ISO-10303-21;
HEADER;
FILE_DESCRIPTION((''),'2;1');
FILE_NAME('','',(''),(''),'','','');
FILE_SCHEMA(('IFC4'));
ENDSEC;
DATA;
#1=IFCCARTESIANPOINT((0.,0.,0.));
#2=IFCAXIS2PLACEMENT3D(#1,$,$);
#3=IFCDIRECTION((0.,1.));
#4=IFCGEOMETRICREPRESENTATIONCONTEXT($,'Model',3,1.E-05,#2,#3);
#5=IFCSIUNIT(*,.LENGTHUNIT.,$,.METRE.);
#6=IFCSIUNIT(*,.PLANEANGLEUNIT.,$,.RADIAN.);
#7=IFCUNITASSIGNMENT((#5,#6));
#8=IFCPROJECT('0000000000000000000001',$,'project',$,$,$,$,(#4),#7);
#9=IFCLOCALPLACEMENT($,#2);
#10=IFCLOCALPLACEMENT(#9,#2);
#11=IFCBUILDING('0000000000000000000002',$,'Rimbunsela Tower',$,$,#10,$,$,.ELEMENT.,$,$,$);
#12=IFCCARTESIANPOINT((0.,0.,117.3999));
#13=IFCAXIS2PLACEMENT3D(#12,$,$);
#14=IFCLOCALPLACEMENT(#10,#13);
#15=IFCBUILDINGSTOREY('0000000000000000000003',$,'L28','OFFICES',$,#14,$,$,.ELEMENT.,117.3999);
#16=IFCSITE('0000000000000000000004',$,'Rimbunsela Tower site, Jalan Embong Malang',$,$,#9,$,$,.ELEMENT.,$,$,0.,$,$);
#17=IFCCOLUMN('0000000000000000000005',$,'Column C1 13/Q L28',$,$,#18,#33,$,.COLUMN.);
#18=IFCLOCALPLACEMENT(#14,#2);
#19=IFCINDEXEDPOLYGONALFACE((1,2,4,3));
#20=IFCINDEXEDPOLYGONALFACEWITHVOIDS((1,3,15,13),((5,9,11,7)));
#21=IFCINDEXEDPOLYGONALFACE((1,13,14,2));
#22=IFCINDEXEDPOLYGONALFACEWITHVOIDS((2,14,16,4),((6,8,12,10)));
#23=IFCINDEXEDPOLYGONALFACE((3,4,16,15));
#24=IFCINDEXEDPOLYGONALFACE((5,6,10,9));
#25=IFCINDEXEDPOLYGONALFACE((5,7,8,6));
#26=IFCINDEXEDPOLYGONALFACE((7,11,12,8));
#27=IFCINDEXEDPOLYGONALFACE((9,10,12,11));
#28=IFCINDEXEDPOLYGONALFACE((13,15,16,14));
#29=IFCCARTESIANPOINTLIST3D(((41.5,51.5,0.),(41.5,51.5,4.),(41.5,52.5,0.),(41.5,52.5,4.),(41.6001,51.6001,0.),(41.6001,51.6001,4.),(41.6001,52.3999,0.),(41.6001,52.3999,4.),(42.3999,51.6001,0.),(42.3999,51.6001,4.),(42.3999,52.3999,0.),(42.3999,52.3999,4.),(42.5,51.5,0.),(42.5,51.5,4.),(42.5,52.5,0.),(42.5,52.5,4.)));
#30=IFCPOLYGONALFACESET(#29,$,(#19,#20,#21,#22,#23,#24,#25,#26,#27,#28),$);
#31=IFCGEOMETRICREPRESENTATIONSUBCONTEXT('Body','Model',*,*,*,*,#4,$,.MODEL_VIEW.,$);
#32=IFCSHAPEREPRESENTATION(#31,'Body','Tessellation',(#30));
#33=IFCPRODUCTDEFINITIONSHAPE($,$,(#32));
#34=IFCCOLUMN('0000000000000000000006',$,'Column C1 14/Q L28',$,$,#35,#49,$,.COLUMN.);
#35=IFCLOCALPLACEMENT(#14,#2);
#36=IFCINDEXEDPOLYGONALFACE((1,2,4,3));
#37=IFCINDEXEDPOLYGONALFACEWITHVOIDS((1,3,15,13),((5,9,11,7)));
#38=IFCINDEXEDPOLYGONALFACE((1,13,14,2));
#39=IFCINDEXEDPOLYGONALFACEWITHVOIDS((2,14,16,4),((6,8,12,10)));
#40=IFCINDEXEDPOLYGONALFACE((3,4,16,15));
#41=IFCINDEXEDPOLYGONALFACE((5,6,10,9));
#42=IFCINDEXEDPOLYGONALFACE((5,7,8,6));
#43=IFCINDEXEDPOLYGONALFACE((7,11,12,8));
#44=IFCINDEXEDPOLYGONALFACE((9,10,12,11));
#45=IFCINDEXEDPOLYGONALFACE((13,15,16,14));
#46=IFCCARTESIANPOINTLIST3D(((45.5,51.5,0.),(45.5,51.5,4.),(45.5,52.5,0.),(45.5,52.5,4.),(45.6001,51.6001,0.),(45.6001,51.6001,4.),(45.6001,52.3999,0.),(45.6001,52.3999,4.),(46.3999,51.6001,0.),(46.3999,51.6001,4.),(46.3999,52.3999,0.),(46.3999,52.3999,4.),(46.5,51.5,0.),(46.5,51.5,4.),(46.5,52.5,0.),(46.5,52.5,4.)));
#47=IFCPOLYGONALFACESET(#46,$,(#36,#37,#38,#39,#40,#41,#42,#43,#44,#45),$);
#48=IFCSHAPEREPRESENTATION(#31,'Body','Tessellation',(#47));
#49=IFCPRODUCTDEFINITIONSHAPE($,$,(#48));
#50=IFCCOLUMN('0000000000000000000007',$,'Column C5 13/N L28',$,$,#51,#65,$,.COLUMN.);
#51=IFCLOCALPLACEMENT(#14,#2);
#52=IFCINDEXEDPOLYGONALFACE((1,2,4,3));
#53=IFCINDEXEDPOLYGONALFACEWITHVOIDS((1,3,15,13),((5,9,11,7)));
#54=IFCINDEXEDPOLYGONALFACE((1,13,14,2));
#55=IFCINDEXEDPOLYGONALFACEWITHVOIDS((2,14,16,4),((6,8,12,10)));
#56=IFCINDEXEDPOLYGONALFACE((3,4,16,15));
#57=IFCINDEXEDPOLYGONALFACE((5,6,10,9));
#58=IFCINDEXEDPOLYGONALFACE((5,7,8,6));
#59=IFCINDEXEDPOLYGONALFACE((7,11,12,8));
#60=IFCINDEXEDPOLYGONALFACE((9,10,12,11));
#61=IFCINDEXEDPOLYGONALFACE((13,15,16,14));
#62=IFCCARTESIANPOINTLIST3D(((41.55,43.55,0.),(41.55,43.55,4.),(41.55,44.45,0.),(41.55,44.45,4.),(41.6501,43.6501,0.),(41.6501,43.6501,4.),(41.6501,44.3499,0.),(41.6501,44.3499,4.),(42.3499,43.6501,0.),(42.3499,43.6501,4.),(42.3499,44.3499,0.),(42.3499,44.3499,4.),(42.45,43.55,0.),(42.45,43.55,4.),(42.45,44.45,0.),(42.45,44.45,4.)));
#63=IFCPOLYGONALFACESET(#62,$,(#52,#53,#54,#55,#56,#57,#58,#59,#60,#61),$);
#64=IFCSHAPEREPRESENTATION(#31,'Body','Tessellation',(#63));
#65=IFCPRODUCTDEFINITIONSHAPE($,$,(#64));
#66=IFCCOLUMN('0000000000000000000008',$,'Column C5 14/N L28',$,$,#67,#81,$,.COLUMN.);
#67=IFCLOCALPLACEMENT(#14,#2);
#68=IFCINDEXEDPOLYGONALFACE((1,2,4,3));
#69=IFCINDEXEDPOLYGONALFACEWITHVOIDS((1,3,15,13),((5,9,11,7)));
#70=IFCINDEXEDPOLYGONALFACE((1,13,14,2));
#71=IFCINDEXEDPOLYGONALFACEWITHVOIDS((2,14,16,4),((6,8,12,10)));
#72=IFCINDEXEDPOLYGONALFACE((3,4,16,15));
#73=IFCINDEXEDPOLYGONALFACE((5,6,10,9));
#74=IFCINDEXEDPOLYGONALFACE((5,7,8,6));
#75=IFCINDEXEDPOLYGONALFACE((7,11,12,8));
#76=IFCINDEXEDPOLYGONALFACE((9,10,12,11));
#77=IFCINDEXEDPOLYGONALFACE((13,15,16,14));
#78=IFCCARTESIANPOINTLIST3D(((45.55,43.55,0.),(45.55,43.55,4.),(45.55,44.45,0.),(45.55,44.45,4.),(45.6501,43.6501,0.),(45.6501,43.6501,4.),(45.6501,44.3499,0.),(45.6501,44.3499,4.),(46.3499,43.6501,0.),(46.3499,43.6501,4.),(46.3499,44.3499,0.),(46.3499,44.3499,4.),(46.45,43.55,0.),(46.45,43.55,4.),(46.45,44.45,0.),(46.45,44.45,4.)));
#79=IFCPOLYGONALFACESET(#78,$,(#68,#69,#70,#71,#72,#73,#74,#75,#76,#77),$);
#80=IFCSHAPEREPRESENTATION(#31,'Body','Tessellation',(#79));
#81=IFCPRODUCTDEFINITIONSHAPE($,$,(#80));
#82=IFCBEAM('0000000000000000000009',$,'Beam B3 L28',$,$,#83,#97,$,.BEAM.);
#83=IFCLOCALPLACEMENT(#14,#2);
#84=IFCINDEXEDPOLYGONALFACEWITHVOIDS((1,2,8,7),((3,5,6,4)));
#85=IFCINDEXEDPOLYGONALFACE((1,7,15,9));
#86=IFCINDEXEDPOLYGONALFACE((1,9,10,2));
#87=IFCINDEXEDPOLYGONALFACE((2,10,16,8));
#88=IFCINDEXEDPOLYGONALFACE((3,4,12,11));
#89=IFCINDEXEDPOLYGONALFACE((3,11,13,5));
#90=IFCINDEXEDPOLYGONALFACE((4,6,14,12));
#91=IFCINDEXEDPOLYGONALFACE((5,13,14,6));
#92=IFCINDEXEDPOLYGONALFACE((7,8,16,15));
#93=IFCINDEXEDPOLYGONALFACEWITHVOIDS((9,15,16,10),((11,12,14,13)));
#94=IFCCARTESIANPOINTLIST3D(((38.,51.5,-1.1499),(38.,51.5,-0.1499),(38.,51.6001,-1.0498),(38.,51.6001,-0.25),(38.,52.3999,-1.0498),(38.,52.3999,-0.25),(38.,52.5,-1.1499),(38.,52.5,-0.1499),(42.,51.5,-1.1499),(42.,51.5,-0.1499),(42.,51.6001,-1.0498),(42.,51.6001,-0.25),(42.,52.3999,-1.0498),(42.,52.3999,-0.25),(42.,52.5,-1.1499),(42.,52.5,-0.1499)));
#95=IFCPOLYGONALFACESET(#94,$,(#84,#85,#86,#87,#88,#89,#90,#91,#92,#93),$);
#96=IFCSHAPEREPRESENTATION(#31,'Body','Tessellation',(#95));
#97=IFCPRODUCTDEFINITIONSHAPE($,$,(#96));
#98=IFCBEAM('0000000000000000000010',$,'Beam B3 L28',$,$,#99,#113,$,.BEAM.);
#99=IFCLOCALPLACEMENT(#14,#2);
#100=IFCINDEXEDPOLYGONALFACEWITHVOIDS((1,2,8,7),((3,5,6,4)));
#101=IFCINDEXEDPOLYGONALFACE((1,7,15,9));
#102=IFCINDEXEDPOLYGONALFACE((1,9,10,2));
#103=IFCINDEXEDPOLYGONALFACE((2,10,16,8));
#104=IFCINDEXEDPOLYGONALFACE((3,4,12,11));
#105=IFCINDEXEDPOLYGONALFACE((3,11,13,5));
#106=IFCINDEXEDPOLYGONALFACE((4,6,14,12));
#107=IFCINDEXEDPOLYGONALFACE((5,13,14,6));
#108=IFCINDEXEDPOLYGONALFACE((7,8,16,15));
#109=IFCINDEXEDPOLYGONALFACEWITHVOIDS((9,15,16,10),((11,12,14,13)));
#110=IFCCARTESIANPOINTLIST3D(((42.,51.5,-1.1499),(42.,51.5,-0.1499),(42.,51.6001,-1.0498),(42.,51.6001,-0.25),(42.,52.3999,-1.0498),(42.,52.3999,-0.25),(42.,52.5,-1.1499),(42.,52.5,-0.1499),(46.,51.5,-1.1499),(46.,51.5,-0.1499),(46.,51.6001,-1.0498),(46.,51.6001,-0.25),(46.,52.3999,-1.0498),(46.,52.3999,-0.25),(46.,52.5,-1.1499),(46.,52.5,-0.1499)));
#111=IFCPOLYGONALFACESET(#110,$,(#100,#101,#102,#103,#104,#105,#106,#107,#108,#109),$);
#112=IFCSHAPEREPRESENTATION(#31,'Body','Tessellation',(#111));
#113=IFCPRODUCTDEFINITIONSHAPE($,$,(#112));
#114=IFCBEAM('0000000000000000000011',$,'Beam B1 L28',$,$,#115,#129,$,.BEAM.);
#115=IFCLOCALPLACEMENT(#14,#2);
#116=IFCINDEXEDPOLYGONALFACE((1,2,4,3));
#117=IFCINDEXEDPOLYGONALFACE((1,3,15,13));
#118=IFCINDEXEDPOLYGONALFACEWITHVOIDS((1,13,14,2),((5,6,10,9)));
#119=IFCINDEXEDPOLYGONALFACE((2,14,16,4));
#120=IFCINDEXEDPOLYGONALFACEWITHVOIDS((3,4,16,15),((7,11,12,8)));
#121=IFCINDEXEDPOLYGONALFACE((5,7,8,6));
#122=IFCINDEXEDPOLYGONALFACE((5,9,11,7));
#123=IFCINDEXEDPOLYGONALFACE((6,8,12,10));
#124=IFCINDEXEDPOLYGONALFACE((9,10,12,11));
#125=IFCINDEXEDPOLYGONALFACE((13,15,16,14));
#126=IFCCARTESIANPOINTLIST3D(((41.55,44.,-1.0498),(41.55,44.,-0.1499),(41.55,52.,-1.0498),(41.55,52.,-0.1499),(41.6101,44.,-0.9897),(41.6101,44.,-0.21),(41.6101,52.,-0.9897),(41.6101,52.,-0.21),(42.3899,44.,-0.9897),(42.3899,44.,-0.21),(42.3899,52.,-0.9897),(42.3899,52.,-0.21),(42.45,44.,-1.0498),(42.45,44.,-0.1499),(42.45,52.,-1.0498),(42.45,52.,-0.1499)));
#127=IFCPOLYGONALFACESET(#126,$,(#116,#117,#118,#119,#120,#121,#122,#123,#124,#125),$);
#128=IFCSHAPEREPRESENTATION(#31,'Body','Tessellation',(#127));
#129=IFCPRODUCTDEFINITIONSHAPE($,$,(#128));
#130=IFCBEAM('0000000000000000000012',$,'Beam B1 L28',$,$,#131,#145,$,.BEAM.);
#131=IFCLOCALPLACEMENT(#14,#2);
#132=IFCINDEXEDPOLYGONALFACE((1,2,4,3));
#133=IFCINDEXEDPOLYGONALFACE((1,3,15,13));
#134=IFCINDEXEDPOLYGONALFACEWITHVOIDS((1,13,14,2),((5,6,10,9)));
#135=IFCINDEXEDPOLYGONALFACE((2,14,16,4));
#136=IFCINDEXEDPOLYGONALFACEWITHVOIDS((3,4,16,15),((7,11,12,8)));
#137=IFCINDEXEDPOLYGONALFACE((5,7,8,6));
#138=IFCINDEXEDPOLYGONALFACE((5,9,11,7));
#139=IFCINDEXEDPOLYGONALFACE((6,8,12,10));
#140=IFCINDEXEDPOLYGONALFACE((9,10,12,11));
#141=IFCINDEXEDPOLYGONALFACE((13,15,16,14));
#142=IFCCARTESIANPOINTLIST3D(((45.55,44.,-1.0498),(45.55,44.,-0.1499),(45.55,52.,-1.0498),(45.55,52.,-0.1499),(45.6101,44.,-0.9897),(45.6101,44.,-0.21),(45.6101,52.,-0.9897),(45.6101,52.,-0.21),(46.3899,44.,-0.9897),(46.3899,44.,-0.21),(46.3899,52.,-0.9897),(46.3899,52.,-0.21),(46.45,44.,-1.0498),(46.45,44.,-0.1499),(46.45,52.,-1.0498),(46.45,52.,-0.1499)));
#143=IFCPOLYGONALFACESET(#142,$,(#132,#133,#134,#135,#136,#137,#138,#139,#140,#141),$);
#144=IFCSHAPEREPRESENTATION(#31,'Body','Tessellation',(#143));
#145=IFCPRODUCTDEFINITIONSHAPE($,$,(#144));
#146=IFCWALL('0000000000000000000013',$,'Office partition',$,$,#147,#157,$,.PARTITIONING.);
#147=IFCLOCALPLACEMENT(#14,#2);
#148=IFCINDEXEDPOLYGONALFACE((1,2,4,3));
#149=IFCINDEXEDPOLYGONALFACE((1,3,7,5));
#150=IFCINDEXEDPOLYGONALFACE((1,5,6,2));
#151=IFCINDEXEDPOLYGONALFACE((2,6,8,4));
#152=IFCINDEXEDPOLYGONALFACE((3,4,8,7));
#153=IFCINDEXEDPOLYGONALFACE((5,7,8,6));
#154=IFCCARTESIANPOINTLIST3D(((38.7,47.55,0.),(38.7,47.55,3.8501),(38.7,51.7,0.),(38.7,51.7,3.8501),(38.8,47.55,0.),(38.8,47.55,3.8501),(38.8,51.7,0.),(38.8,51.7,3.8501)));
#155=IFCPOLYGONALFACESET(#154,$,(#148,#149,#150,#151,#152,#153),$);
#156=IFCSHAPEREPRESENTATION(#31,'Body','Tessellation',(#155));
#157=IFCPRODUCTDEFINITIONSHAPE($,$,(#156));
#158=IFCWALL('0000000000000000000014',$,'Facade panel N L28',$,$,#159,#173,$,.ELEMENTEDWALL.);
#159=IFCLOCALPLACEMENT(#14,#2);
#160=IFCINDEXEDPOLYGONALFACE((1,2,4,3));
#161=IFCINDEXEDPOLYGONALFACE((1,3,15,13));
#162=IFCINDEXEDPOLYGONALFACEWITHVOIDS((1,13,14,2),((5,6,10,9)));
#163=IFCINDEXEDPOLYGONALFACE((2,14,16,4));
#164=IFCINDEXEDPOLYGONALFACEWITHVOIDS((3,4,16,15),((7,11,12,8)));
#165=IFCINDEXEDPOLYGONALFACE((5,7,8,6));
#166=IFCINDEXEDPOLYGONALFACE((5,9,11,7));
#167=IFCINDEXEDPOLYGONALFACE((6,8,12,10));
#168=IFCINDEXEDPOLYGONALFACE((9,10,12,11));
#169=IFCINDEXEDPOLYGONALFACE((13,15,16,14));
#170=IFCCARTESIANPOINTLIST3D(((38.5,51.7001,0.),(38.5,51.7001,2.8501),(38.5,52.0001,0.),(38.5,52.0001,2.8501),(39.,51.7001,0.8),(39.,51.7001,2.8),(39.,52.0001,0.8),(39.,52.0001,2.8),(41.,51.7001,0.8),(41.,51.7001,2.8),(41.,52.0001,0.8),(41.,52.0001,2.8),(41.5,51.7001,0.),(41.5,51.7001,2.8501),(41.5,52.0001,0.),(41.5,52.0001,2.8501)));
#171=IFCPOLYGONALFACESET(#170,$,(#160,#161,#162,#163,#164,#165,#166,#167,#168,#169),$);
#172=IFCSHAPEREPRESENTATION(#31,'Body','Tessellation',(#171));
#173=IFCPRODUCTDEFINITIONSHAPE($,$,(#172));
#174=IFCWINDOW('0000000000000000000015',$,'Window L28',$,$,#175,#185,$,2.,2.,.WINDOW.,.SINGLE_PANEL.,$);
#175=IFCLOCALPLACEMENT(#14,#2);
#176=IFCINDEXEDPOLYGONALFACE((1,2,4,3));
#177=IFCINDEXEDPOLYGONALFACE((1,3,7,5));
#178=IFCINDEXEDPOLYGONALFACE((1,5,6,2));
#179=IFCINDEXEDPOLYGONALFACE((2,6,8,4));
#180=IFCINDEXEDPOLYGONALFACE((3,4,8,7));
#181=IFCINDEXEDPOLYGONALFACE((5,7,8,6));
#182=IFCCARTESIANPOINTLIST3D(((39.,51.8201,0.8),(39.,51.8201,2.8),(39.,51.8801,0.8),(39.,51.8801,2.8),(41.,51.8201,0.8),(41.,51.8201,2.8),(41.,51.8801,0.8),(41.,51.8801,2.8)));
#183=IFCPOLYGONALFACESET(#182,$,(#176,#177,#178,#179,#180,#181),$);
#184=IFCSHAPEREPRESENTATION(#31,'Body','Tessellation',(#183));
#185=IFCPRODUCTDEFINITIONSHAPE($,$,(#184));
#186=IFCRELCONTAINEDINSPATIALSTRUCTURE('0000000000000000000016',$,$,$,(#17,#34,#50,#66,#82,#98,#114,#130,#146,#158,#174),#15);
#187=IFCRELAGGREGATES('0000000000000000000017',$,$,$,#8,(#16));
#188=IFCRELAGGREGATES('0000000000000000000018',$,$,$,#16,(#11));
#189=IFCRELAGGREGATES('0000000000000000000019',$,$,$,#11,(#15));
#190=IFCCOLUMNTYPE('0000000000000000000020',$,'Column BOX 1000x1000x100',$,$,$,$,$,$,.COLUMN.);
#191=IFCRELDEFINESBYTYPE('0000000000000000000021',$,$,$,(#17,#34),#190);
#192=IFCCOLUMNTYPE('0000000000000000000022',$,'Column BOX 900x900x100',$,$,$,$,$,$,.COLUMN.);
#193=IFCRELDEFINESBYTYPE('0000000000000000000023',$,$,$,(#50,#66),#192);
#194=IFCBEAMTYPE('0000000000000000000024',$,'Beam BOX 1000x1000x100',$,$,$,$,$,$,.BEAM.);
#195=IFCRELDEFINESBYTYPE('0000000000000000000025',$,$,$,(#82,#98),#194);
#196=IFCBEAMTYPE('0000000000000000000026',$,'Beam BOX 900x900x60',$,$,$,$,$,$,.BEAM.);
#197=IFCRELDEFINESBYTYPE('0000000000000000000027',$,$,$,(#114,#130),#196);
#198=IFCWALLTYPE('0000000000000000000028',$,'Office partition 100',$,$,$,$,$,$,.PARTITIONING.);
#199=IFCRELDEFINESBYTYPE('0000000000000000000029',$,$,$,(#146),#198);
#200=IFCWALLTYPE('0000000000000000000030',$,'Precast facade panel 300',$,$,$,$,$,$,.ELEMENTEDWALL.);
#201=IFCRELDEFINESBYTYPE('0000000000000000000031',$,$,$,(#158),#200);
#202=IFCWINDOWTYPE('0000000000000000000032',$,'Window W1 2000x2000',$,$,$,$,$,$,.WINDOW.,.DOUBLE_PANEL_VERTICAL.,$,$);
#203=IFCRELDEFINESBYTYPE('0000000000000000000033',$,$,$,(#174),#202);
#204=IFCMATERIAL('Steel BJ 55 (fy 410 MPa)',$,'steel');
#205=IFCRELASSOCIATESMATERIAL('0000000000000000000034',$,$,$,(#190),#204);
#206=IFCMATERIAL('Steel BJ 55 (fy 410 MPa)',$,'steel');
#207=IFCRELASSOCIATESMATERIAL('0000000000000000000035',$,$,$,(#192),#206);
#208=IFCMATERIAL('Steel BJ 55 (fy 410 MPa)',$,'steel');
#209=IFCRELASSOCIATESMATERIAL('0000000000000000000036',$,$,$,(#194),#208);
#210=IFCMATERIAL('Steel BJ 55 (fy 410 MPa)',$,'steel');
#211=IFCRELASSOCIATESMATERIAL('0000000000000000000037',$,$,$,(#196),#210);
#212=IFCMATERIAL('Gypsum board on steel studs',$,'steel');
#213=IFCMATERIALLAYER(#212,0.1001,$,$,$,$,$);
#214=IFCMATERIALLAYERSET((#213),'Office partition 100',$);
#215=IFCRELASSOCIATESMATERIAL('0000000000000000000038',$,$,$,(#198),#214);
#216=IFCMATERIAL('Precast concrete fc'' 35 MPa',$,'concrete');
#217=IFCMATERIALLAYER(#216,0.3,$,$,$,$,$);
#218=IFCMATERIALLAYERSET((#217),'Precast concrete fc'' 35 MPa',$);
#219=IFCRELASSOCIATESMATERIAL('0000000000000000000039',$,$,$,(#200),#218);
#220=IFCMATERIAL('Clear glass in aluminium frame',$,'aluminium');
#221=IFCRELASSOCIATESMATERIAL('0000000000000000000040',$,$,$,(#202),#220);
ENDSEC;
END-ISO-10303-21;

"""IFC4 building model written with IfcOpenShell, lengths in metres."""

from ifc_helpers import new_model, si_unit, direction, frame, frame_2d, origin, origin_2d, place, context, subcontext, project, spatial, rectangle, hollow_rectangle, extrude, material, layer, layer_set, material_profile, profile_set, type_object, element, fill, save


model = new_model("IFC4")

# Units and contexts
model_context = context("Model", 3, precision=1e-05, world=origin(), true_north=direction((0.0, 1.0)))
body_context = subcontext(model_context, "Body", "Model", "MODEL_VIEW")
ifc_project = project(units=[si_unit("LENGTHUNIT", "METRE"), si_unit("PLANEANGLEUNIT", "RADIAN")], contexts=[model_context])

# Site, building, storey
site_placement = place(None, origin())
site = spatial("IfcSite", under=ifc_project, at=site_placement, Name="Rimbunsela Tower site, Jalan Embong Malang", CompositionType="ELEMENT", RefElevation=0.0)
building_placement = place(site_placement, origin())
building = spatial("IfcBuilding", under=site, at=building_placement, Name="Rimbunsela Tower", CompositionType="ELEMENT")
storey_placement = place(building_placement, frame((0.0, 0.0, 117.3999)))
storey = spatial("IfcBuildingStorey", under=building, at=storey_placement, Name="L28", Description="OFFICES", CompositionType="ELEMENT", Elevation=117.3999)

# Columns
ifc_material_1 = material(Name="Steel BJ 55 (fy 410 MPa)", Category="steel")
ifc_material_profile_1 = material_profile(ifc_material_1, hollow_rectangle(XDim=1.0, YDim=1.0, WallThickness=0.1001, at=origin_2d()), Name="BOX 1000x1000x100")
ifc_profile_set_1 = profile_set([ifc_material_profile_1], Name="Steel BJ 55 (fy 410 MPa)")
column_type_1 = type_object("IfcColumnType", Name="Column BOX 1000x1000x100", PredefinedType="COLUMN", material=ifc_profile_set_1)
for number, where, z_axis, x_axis, name in (
    (1, (42.0, 52.0, 0.0), (0.0, 0.0, 1.0), (1.0, 0.0, 0.0), "Column C1 13/Q L28"),
    (2, (46.0, 52.0, 0.0), (0.0, 0.0, 1.0), (1.0, 0.0, 0.0), "Column C1 14/Q L28"),
):
    element("IfcColumn", number, at=place(storey_placement, frame(where, z_axis=z_axis, x_axis=x_axis)), inside=storey, type_object=column_type_1, Name=name, PredefinedType="COLUMN", context=body_context, shape_type="SweptSolid", body=[
        extrude(hollow_rectangle(XDim=1.0, YDim=1.0, WallThickness=0.1001, at=origin_2d()), origin(), (0.0, 0.0, 1.0), 4.0),
    ])
ifc_material_2 = material(Name="Steel BJ 55 (fy 410 MPa)", Category="steel")
ifc_material_profile_2 = material_profile(ifc_material_2, hollow_rectangle(XDim=0.8999, YDim=0.8999, WallThickness=0.1001, at=origin_2d()), Name="BOX 900x900x100")
ifc_profile_set_2 = profile_set([ifc_material_profile_2], Name="Steel BJ 55 (fy 410 MPa)")
column_type_2 = type_object("IfcColumnType", Name="Column BOX 900x900x100", PredefinedType="COLUMN", material=ifc_profile_set_2)
for number, where, z_axis, x_axis, name in (
    (3, (42.0, 44.0, 0.0), (0.0, 0.0, 1.0), (1.0, 0.0, 0.0), "Column C5 13/N L28"),
    (4, (46.0, 44.0, 0.0), (0.0, 0.0, 1.0), (1.0, 0.0, 0.0), "Column C5 14/N L28"),
):
    element("IfcColumn", number, at=place(storey_placement, frame(where, z_axis=z_axis, x_axis=x_axis)), inside=storey, type_object=column_type_2, Name=name, PredefinedType="COLUMN", context=body_context, shape_type="SweptSolid", body=[
        extrude(hollow_rectangle(XDim=0.8999, YDim=0.8999, WallThickness=0.1001, at=origin_2d()), origin(), (0.0, 0.0, 1.0), 4.0),
    ])

# Beams
ifc_material_3 = material(Name="Steel BJ 55 (fy 410 MPa)", Category="steel")
ifc_material_profile_3 = material_profile(ifc_material_3, hollow_rectangle(XDim=1.0, YDim=1.0, WallThickness=0.1001, at=origin_2d()), Name="BOX 1000x1000x100")
ifc_profile_set_3 = profile_set([ifc_material_profile_3], Name="Steel BJ 55 (fy 410 MPa)")
beam_type_1 = type_object("IfcBeamType", Name="Beam BOX 1000x1000x100", PredefinedType="BEAM", material=ifc_profile_set_3)
for number, where, z_axis, x_axis, name in (
    (5, (38.0, 52.0, -0.6499), (1.0, 0.0, 0.0), (0.0, 1.0, 0.0), "Beam B3 L28"),
    (6, (42.0, 52.0, -0.6499), (1.0, 0.0, 0.0), (0.0, 1.0, 0.0), "Beam B3 L28"),
):
    element("IfcBeam", number, at=place(storey_placement, frame(where, z_axis=z_axis, x_axis=x_axis)), inside=storey, type_object=beam_type_1, Name=name, PredefinedType="BEAM", context=body_context, shape_type="SweptSolid", body=[
        extrude(hollow_rectangle(XDim=1.0, YDim=1.0, WallThickness=0.1001, at=origin_2d()), origin(), (0.0, 0.0, 1.0), 4.0),
    ])
ifc_material_4 = material(Name="Steel BJ 55 (fy 410 MPa)", Category="steel")
ifc_material_profile_4 = material_profile(ifc_material_4, hollow_rectangle(XDim=0.8999, YDim=0.8999, WallThickness=0.0601, at=origin_2d()), Name="BOX 900x900x60")
ifc_profile_set_4 = profile_set([ifc_material_profile_4], Name="Steel BJ 55 (fy 410 MPa)")
beam_type_2 = type_object("IfcBeamType", Name="Beam BOX 900x900x60", PredefinedType="BEAM", material=ifc_profile_set_4)
for number, where, z_axis, x_axis, name in (
    (7, (42.0, 44.0, -0.5999), (0.0, 1.0, 0.0), (-1.0, 0.0, 0.0), "Beam B1 L28"),
    (8, (46.0, 44.0, -0.5999), (0.0, 1.0, 0.0), (-1.0, 0.0, 0.0), "Beam B1 L28"),
):
    element("IfcBeam", number, at=place(storey_placement, frame(where, z_axis=z_axis, x_axis=x_axis)), inside=storey, type_object=beam_type_2, Name=name, PredefinedType="BEAM", context=body_context, shape_type="SweptSolid", body=[
        extrude(hollow_rectangle(XDim=0.8999, YDim=0.8999, WallThickness=0.0601, at=origin_2d()), origin(), (0.0, 0.0, 1.0), 8.0),
    ])

# Wall
ifc_material_5 = material(Name="Gypsum board on steel studs", Category="steel")
ifc_layer_1 = layer(ifc_material_5, 0.1001)
ifc_layer_set_1 = layer_set([ifc_layer_1], Name="Office partition 100")
wall_type_1 = type_object("IfcWallType", Name="Office partition 100", PredefinedType="PARTITIONING", material=ifc_layer_set_1)
wall_1_placement = place(storey_placement, frame((38.75, 47.55, 0.0), z_axis=(0.0, 0.0, 1.0), x_axis=(0.0, 1.0, 0.0)))
element("IfcWall", 9, at=wall_1_placement, inside=storey, type_object=wall_type_1, Name="Office partition", PredefinedType="PARTITIONING", context=body_context, shape_type="SweptSolid", body=[
    extrude(rectangle(XDim=4.1499, YDim=0.1001, at=frame_2d((2.075, 0.0))), origin(), (0.0, 0.0, 1.0), 3.8501),
])

# Wall, opening, window
ifc_material_6 = material(Name="Precast concrete fc' 35 MPa", Category="concrete")
ifc_layer_2 = layer(ifc_material_6, 0.3)
ifc_layer_set_2 = layer_set([ifc_layer_2], Name="Precast concrete fc' 35 MPa")
wall_type_2 = type_object("IfcWallType", Name="Precast facade panel 300", PredefinedType="ELEMENTEDWALL", material=ifc_layer_set_2)
wall_2_placement = place(storey_placement, frame((41.5, 51.8501, 0.0), z_axis=(0.0, 0.0, 1.0), x_axis=(-1.0, 0.0, 0.0)))
wall_2 = element("IfcWall", 10, at=wall_2_placement, inside=storey, type_object=wall_type_2, Name="Facade panel N L28", PredefinedType="ELEMENTEDWALL", context=body_context, shape_type="SweptSolid", body=[
    extrude(rectangle(XDim=3.0, YDim=0.3, at=frame_2d((1.5, 0.0))), origin(), (0.0, 0.0, 1.0), 2.8501),
])
opening_1_placement = place(wall_2_placement, frame((0.5, 0.0, 0.8)))
opening_1 = element("IfcOpeningElement", 11, at=opening_1_placement, cuts=wall_2, PredefinedType="OPENING", context=body_context, shape_type="SweptSolid", body=[
    extrude(rectangle(XDim=2.0, YDim=2.0, at=frame_2d((1.0, 1.0))), frame((0.0, 0.1599, 0.0), z_axis=(0.0, -1.0, 0.0), x_axis=(1.0, 0.0, 0.0)), (0.0, 0.0, 1.0), 0.3201),
])
ifc_material_7 = material(Name="Clear glass in aluminium frame", Category="aluminium")
window_type = type_object("IfcWindowType", Name="Window W1 2000x2000", PartitioningType="DOUBLE_PANEL_VERTICAL", PredefinedType="WINDOW", material=ifc_material_7)
window_1_placement = place(opening_1_placement, origin())
window_1 = element("IfcWindow", 12, at=window_1_placement, inside=storey, type_object=window_type, Name="Window L28", OverallHeight=2.0, OverallWidth=2.0, PartitioningType="SINGLE_PANEL", PredefinedType="WINDOW", context=body_context, shape_type="SweptSolid", body=[
    extrude(rectangle(XDim=2.0, YDim=2.0, at=frame_2d((1.0, 1.0))), frame((0.0, 0.03, 0.0), z_axis=(0.0, -1.0, 0.0), x_axis=(1.0, 0.0, 0.0)), (0.0, 0.0, 1.0), 0.0601),
])
fill(opening_1, window_1)

save(model, "model.ifc")
